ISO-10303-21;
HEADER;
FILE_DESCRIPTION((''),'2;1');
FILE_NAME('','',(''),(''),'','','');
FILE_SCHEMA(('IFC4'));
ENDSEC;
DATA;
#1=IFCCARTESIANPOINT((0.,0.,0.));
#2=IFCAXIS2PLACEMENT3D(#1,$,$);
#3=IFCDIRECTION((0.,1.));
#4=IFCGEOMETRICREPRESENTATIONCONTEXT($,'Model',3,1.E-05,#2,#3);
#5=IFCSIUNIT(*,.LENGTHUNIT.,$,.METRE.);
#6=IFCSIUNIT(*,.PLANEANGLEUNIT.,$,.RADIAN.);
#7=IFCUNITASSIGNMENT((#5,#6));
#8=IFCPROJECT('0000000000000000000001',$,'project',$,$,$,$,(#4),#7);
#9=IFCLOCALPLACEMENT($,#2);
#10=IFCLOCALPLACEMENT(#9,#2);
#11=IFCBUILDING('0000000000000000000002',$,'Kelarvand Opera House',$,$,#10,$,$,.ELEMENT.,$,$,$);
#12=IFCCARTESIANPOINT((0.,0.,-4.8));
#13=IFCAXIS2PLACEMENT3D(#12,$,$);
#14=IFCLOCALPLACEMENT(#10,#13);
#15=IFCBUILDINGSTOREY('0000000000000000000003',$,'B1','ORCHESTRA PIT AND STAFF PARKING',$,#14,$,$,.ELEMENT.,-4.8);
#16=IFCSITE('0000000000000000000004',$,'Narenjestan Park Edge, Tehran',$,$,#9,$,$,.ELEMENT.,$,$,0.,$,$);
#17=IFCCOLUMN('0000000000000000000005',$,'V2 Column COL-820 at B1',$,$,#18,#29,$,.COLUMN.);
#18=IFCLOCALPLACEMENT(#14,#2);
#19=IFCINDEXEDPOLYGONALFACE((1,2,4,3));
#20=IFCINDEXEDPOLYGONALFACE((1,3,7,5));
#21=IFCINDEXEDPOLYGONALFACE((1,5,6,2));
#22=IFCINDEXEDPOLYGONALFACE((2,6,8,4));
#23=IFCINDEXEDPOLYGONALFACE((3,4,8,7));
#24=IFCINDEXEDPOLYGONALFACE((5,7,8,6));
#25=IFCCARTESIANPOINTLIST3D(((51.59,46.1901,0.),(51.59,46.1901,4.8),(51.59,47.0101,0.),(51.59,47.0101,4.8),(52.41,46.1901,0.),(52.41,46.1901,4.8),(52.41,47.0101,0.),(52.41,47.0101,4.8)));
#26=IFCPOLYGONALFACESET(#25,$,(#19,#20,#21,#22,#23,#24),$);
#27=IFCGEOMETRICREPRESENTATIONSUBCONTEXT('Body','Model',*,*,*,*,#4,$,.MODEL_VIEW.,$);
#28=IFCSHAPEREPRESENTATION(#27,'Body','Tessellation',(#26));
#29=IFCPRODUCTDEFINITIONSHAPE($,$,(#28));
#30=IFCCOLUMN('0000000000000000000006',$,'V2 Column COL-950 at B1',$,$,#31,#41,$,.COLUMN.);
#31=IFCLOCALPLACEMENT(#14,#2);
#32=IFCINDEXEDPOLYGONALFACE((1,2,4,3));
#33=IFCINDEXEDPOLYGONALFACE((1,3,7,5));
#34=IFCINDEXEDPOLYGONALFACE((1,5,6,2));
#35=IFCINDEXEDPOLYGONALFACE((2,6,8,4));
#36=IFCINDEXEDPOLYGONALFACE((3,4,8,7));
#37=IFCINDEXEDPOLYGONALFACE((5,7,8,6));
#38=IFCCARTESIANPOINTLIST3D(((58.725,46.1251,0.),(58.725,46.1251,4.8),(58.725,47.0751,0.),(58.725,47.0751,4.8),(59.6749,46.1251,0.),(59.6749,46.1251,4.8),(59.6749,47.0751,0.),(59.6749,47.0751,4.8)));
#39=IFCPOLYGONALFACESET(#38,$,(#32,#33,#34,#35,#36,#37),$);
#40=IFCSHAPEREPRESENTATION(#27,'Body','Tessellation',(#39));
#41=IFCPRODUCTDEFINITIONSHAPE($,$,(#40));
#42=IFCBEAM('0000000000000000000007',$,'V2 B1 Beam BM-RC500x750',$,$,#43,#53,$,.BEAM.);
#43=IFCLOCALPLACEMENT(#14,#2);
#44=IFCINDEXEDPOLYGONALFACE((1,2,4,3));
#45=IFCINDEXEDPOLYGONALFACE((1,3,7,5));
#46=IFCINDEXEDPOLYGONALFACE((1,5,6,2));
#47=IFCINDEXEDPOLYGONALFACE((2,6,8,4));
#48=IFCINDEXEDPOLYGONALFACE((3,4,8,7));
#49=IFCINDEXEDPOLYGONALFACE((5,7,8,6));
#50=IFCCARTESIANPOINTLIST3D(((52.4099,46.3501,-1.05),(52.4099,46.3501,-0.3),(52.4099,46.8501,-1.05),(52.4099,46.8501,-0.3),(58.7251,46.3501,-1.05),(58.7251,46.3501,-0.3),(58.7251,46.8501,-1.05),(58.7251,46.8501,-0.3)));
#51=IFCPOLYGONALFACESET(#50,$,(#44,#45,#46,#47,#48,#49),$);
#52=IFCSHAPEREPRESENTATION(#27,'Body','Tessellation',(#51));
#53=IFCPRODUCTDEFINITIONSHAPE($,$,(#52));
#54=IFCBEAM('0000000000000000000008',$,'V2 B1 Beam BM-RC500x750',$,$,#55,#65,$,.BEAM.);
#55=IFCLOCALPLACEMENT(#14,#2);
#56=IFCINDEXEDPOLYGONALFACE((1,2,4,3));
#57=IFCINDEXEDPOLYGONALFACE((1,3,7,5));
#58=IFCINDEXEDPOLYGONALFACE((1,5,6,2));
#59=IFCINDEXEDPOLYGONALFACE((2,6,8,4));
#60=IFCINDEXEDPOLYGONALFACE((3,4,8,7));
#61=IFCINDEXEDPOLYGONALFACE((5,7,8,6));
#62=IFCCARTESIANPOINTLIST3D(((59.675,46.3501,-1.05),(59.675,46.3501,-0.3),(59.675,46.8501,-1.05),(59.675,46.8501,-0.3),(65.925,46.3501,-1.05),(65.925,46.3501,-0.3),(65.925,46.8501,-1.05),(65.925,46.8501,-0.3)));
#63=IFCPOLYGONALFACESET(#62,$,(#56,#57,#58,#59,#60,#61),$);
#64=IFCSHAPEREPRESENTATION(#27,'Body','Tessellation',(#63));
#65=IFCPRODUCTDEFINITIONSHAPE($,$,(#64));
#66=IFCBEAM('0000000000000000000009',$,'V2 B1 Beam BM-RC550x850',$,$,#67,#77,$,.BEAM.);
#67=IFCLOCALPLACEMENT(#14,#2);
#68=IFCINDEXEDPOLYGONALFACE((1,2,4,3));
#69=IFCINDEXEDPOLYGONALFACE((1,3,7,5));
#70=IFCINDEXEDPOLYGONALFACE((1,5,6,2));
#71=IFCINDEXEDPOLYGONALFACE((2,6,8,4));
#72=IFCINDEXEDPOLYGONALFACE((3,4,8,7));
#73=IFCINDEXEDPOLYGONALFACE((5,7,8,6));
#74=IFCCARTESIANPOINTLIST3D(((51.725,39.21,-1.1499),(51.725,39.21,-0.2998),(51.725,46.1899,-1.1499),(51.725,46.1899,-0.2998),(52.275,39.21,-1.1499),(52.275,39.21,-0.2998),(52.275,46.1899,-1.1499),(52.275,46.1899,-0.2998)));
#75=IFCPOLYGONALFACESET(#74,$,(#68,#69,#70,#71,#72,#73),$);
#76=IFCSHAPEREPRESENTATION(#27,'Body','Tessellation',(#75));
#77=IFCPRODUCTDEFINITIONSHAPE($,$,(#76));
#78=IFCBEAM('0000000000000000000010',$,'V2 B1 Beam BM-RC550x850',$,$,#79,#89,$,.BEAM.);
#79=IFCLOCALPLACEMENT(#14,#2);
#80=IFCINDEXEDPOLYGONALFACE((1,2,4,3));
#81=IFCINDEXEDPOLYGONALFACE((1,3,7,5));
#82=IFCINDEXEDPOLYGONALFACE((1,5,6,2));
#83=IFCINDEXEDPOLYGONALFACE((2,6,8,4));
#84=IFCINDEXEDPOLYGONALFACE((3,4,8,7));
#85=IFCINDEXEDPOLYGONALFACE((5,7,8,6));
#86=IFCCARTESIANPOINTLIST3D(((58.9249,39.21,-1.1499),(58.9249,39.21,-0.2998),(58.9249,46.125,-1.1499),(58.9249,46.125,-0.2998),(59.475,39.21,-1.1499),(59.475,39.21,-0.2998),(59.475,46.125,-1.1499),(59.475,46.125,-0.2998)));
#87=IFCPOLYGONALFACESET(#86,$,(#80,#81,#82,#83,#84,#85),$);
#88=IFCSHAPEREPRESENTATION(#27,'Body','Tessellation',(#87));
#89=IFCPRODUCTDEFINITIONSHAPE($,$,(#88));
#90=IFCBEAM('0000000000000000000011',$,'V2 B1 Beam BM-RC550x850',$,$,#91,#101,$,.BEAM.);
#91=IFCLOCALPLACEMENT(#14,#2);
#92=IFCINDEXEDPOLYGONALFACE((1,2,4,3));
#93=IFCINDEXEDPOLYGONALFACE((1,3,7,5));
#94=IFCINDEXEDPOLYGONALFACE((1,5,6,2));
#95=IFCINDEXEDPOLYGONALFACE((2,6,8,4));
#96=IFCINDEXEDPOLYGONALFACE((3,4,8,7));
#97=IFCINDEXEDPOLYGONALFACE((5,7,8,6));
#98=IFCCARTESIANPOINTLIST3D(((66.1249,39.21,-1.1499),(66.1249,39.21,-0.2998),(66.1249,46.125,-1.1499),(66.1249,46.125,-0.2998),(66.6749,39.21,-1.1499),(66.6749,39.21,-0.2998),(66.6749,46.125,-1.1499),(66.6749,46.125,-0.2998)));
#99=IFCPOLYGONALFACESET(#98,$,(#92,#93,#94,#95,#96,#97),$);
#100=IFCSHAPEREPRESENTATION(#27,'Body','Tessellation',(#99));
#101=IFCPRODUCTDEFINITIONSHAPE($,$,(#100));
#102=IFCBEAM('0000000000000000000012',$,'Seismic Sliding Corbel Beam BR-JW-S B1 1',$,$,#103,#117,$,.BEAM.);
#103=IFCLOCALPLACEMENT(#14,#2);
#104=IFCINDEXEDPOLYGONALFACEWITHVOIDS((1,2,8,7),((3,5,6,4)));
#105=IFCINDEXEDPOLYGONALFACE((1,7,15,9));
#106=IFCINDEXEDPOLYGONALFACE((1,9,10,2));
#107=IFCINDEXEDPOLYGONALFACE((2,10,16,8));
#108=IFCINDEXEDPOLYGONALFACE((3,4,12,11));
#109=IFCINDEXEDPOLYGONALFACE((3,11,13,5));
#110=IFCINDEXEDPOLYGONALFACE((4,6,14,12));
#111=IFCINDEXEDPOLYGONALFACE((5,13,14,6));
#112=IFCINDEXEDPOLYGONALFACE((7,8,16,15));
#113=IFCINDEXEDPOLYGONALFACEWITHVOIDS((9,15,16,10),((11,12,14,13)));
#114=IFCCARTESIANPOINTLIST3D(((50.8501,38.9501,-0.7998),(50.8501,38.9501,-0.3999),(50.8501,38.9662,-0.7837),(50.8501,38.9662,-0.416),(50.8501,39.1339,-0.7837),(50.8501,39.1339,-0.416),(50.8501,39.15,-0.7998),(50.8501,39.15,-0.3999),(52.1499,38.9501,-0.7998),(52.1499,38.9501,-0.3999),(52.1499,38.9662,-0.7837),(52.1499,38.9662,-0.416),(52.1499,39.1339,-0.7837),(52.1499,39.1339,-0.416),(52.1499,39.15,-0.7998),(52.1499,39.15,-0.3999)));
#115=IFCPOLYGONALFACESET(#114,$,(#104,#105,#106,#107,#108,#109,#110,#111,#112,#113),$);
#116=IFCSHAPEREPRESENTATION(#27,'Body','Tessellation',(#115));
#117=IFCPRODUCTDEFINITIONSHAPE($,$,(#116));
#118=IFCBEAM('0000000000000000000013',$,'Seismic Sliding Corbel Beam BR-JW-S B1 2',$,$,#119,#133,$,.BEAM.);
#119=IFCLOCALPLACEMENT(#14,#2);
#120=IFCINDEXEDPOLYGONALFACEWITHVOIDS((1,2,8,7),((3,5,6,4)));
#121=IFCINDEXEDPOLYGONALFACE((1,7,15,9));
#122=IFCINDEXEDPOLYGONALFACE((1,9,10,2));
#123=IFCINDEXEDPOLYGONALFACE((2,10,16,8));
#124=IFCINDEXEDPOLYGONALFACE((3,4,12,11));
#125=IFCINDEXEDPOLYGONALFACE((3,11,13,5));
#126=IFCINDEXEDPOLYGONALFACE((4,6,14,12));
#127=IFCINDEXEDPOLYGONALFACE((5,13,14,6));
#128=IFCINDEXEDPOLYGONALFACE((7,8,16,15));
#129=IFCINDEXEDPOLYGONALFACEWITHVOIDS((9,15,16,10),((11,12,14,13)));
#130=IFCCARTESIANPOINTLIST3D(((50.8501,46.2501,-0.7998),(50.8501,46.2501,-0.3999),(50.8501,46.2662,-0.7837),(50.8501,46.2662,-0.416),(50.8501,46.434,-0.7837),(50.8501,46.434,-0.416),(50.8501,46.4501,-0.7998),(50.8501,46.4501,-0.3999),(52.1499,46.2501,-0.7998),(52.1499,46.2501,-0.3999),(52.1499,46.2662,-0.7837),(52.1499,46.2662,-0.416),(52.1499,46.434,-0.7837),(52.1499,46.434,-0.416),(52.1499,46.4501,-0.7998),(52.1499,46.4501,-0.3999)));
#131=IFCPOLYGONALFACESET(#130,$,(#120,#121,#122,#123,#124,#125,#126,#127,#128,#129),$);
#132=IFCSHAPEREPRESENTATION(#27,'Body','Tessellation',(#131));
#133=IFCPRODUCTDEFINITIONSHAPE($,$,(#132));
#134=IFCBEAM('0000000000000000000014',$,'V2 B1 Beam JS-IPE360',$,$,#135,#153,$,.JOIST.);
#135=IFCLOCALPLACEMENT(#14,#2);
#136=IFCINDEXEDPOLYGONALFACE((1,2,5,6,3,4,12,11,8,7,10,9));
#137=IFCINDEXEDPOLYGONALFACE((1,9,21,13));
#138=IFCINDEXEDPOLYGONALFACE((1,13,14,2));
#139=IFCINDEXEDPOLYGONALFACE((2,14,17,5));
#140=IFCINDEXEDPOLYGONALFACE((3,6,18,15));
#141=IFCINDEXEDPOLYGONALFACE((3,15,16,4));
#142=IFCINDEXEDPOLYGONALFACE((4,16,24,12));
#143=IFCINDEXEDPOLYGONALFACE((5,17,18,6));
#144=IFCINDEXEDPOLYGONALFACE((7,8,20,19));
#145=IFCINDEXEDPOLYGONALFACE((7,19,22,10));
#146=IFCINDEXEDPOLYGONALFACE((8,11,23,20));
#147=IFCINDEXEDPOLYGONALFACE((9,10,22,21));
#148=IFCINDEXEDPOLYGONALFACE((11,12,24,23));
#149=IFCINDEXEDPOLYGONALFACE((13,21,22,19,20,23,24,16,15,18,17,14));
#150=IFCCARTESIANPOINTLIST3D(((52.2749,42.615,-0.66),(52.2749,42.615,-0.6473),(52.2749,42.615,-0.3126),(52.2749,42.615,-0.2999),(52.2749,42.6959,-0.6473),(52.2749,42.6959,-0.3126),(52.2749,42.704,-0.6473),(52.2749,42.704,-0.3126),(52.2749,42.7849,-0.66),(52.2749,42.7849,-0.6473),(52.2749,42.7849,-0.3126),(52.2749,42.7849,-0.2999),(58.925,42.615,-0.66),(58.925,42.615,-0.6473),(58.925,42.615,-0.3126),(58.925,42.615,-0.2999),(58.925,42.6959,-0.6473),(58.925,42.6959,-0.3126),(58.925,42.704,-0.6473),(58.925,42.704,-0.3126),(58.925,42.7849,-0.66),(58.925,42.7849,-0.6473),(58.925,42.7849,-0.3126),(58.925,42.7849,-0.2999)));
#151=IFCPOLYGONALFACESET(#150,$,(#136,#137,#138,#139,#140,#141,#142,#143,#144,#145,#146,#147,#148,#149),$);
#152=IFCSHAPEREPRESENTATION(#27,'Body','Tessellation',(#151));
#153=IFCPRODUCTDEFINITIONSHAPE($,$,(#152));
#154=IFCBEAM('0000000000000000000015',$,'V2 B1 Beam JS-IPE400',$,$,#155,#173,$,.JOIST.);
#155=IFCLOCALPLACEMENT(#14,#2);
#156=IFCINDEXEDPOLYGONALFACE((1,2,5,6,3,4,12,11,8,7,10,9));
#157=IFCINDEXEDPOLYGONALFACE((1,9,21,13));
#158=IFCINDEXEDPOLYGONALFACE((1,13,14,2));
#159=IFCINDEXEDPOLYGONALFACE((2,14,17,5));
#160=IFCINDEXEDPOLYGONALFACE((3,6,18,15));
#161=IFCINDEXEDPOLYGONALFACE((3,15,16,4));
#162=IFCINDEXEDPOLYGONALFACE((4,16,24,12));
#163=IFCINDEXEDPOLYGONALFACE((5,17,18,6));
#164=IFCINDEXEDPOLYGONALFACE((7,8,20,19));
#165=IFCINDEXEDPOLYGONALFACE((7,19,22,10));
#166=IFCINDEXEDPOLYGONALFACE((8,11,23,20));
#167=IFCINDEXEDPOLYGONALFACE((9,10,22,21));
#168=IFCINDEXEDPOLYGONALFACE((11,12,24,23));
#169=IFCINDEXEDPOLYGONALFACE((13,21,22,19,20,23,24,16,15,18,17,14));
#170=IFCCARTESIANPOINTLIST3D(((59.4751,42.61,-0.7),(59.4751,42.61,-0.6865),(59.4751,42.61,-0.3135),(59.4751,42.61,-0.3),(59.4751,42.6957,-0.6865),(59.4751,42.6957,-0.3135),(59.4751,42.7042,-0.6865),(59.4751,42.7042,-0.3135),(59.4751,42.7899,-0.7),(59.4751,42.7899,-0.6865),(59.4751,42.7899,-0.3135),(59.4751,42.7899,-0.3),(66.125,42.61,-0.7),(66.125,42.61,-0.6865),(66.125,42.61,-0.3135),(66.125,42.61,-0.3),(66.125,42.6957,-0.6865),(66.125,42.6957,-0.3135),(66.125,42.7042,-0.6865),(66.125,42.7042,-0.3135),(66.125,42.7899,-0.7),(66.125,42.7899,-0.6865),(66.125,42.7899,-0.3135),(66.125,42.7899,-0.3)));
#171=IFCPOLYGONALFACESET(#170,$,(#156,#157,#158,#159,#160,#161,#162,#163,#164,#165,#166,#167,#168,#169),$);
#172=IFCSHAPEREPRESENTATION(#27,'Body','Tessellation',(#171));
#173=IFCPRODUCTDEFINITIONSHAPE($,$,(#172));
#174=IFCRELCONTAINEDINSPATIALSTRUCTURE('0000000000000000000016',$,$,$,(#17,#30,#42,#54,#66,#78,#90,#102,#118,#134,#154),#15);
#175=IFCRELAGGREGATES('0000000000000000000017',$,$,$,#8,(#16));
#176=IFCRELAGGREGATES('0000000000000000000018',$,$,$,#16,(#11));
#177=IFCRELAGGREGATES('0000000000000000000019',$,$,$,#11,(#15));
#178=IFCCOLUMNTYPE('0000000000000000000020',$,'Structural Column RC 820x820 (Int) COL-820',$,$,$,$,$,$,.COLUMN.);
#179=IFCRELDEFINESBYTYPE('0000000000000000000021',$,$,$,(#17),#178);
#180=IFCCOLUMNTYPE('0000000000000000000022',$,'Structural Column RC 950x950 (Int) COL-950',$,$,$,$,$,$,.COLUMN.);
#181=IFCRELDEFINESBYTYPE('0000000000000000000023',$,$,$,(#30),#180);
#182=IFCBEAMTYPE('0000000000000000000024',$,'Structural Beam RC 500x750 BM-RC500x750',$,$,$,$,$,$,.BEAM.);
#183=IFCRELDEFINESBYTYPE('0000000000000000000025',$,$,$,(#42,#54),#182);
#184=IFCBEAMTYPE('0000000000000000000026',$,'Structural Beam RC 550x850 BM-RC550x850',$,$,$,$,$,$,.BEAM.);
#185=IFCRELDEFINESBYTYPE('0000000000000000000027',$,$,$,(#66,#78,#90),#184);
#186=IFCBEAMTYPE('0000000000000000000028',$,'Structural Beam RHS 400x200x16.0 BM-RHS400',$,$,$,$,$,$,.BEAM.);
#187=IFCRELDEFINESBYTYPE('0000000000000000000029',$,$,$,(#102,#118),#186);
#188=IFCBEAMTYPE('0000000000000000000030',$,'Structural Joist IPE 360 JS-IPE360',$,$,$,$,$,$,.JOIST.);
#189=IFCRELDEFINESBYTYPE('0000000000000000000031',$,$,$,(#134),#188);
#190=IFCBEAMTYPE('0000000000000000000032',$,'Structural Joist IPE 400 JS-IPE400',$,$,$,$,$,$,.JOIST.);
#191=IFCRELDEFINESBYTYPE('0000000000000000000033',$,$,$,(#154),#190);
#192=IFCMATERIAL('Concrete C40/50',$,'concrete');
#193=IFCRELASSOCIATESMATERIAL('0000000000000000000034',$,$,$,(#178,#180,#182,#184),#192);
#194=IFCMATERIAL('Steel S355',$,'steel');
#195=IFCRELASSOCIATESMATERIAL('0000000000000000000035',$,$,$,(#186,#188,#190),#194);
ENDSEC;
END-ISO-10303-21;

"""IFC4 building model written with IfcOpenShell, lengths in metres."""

from ifc_helpers import new_model, si_unit, direction, frame, origin, origin_2d, place, context, subcontext, project, spatial, rectangle, hollow_rectangle, i_section, extrude, material, material_profile, profile_set, type_object, element, save


model = new_model("IFC4")

# Units and contexts
model_context = context("Model", 3, precision=1e-05, world=origin(), true_north=direction((0.0, 1.0)))
body_context = subcontext(model_context, "Body", "Model", "MODEL_VIEW")
ifc_project = project(units=[si_unit("LENGTHUNIT", "METRE"), si_unit("PLANEANGLEUNIT", "RADIAN")], contexts=[model_context])

# Site, building, storey
site_placement = place(None, origin())
site = spatial("IfcSite", under=ifc_project, at=site_placement, Name="Narenjestan Park Edge, Tehran", CompositionType="ELEMENT", RefElevation=0.0)
building_placement = place(site_placement, origin())
building = spatial("IfcBuilding", under=site, at=building_placement, Name="Kelarvand Opera House", CompositionType="ELEMENT")
storey_placement = place(building_placement, frame((0.0, 0.0, -4.8)))
storey = spatial("IfcBuildingStorey", under=building, at=storey_placement, Name="B1", Description="ORCHESTRA PIT AND STAFF PARKING", CompositionType="ELEMENT", Elevation=-4.8)

# Columns
ifc_material_1 = material(Name="Concrete C40/50", Category="concrete")
ifc_material_profile_1 = material_profile(ifc_material_1, rectangle(XDim=0.8201, YDim=0.8201, at=origin_2d()), Name="RC 820x820", Category="concrete")
ifc_profile_set_1 = profile_set([ifc_material_profile_1], Name="Concrete C40/50")
column_type_1 = type_object("IfcColumnType", Name="Structural Column RC 820x820 (Int) COL-820", PredefinedType="COLUMN", material=ifc_profile_set_1)
column_1_placement = place(storey_placement, frame((52.0, 46.6001, 0.0), z_axis=(0.0, 0.0, 1.0), x_axis=(1.0, 0.0, 0.0)))
element("IfcColumn", 1, at=column_1_placement, inside=storey, type_object=column_type_1, Name="V2 Column COL-820 at B1", PredefinedType="COLUMN", context=body_context, shape_type="SweptSolid", body=[
    extrude(rectangle(XDim=0.8201, YDim=0.8201, at=origin_2d()), origin(), (0.0, 0.0, 1.0), 4.8),
])
ifc_material_profile_2 = material_profile(ifc_material_1, rectangle(XDim=0.95, YDim=0.95, at=origin_2d()), Name="RC 950x950", Category="concrete")
ifc_profile_set_2 = profile_set([ifc_material_profile_2], Name="Concrete C40/50")
column_type_2 = type_object("IfcColumnType", Name="Structural Column RC 950x950 (Int) COL-950", PredefinedType="COLUMN", material=ifc_profile_set_2)
column_2_placement = place(storey_placement, frame((59.2, 46.6001, 0.0), z_axis=(0.0, 0.0, 1.0), x_axis=(1.0, 0.0, 0.0)))
element("IfcColumn", 2, at=column_2_placement, inside=storey, type_object=column_type_2, Name="V2 Column COL-950 at B1", PredefinedType="COLUMN", context=body_context, shape_type="SweptSolid", body=[
    extrude(rectangle(XDim=0.95, YDim=0.95, at=origin_2d()), origin(), (0.0, 0.0, 1.0), 4.8),
])

# Beams
ifc_material_profile_3 = material_profile(ifc_material_1, rectangle(XDim=0.5, YDim=0.75, at=origin_2d()), Name="RC 500x750", Category="concrete")
ifc_profile_set_3 = profile_set([ifc_material_profile_3], Name="Concrete C40/50")
beam_type_1 = type_object("IfcBeamType", Name="Structural Beam RC 500x750 BM-RC500x750", PredefinedType="BEAM", material=ifc_profile_set_3)
beam_1_placement = place(storey_placement, frame((52.4099, 46.6001, -0.675), z_axis=(1.0, 0.0, 0.0), x_axis=(0.0, 1.0, 0.0)))
element("IfcBeam", 3, at=beam_1_placement, inside=storey, type_object=beam_type_1, Name="V2 B1 Beam BM-RC500x750", PredefinedType="BEAM", context=body_context, shape_type="SweptSolid", body=[
    extrude(rectangle(XDim=0.5, YDim=0.75, at=origin_2d()), origin(), (0.0, 0.0, 1.0), 6.3152),
])
beam_2_placement = place(storey_placement, frame((59.675, 46.6001, -0.675), z_axis=(1.0, 0.0, 0.0), x_axis=(0.0, 1.0, 0.0)))
element("IfcBeam", 4, at=beam_2_placement, inside=storey, type_object=beam_type_1, Name="V2 B1 Beam BM-RC500x750", PredefinedType="BEAM", context=body_context, shape_type="SweptSolid", body=[
    extrude(rectangle(XDim=0.5, YDim=0.75, at=origin_2d()), origin(), (0.0, 0.0, 1.0), 6.25),
])
ifc_material_profile_4 = material_profile(ifc_material_1, rectangle(XDim=0.55, YDim=0.8501, at=origin_2d()), Name="RC 550x850", Category="concrete")
ifc_profile_set_4 = profile_set([ifc_material_profile_4], Name="Concrete C40/50")
beam_type_2 = type_object("IfcBeamType", Name="Structural Beam RC 550x850 BM-RC550x850", PredefinedType="BEAM", material=ifc_profile_set_4)
beam_3_placement = place(storey_placement, frame((52.0, 39.21, -0.7249), z_axis=(0.0, 1.0, 0.0), x_axis=(-1.0, 0.0, 0.0)))
element("IfcBeam", 5, at=beam_3_placement, inside=storey, type_object=beam_type_2, Name="V2 B1 Beam BM-RC550x850", PredefinedType="BEAM", context=body_context, shape_type="SweptSolid", body=[
    extrude(rectangle(XDim=0.55, YDim=0.8501, at=origin_2d()), origin(), (0.0, 0.0, 1.0), 6.98),
])
for number, where, z_axis, x_axis, name in (
    (6, (59.2, 39.21, -0.7249), (0.0, 1.0, 0.0), (-1.0, 0.0, 0.0), "V2 B1 Beam BM-RC550x850"),
    (7, (66.3999, 39.21, -0.7249), (0.0, 1.0, 0.0), (-1.0, 0.0, 0.0), "V2 B1 Beam BM-RC550x850"),
):
    element("IfcBeam", number, at=place(storey_placement, frame(where, z_axis=z_axis, x_axis=x_axis)), inside=storey, type_object=beam_type_2, Name=name, PredefinedType="BEAM", context=body_context, shape_type="SweptSolid", body=[
        extrude(rectangle(XDim=0.55, YDim=0.8501, at=origin_2d()), origin(), (0.0, 0.0, 1.0), 6.915),
    ])
ifc_material_2 = material(Name="Steel S355", Category="steel")
ifc_material_profile_5 = material_profile(ifc_material_2, hollow_rectangle(XDim=0.2, YDim=0.3999, WallThickness=0.0161, at=origin_2d()), Name="RHS 400x200x16.0", Category="steel")
ifc_profile_set_5 = profile_set([ifc_material_profile_5], Name="Steel S355")
beam_type_3 = type_object("IfcBeamType", Name="Structural Beam RHS 400x200x16.0 BM-RHS400", PredefinedType="BEAM", material=ifc_profile_set_5)
for number, where, z_axis, x_axis, name in (
    (8, (50.8501, 39.05, -0.5999), (1.0, 0.0, 0.0), (0.0, 1.0, 0.0), "Seismic Sliding Corbel Beam BR-JW-S B1 1"),
    (9, (50.8501, 46.3501, -0.5999), (1.0, 0.0, 0.0), (0.0, 1.0, 0.0), "Seismic Sliding Corbel Beam BR-JW-S B1 2"),
):
    element("IfcBeam", number, at=place(storey_placement, frame(where, z_axis=z_axis, x_axis=x_axis)), inside=storey, type_object=beam_type_3, Name=name, PredefinedType="BEAM", context=body_context, shape_type="SweptSolid", body=[
        extrude(hollow_rectangle(XDim=0.2, YDim=0.3999, WallThickness=0.0161, at=origin_2d()), origin(), (0.0, 0.0, 1.0), 1.2998),
    ])
ifc_material_profile_6 = material_profile(ifc_material_2, i_section(OverallWidth=0.1699, OverallDepth=0.3601, WebThickness=0.0081, FlangeThickness=0.0127, at=origin_2d()), Name="IPE 360", Category="steel")
ifc_profile_set_6 = profile_set([ifc_material_profile_6], Name="Steel S355")
beam_type_4 = type_object("IfcBeamType", Name="Structural Joist IPE 360 JS-IPE360", PredefinedType="JOIST", material=ifc_profile_set_6)
beam_4_placement = place(storey_placement, frame((52.2749, 42.7, -0.48), z_axis=(1.0, 0.0, 0.0), x_axis=(0.0, 1.0, 0.0)))
element("IfcBeam", 10, at=beam_4_placement, inside=storey, type_object=beam_type_4, Name="V2 B1 Beam JS-IPE360", PredefinedType="JOIST", context=body_context, shape_type="SweptSolid", body=[
    extrude(i_section(OverallWidth=0.1699, OverallDepth=0.3601, WebThickness=0.0081, FlangeThickness=0.0127, at=origin_2d()), origin(), (0.0, 0.0, 1.0), 6.6501),
])
ifc_material_profile_7 = material_profile(ifc_material_2, i_section(OverallWidth=0.1799, OverallDepth=0.3999, WebThickness=0.0085, FlangeThickness=0.0134, at=origin_2d()), Name="IPE 400", Category="steel")
ifc_profile_set_7 = profile_set([ifc_material_profile_7], Name="Steel S355")
beam_type_5 = type_object("IfcBeamType", Name="Structural Joist IPE 400 JS-IPE400", PredefinedType="JOIST", material=ifc_profile_set_7)
beam_5_placement = place(storey_placement, frame((59.4751, 42.7, -0.5), z_axis=(1.0, 0.0, 0.0), x_axis=(0.0, 1.0, 0.0)))
element("IfcBeam", 11, at=beam_5_placement, inside=storey, type_object=beam_type_5, Name="V2 B1 Beam JS-IPE400", PredefinedType="JOIST", context=body_context, shape_type="SweptSolid", body=[
    extrude(i_section(OverallWidth=0.1799, OverallDepth=0.3999, WebThickness=0.0085, FlangeThickness=0.0134, at=origin_2d()), origin(), (0.0, 0.0, 1.0), 6.6499),
])

save(model, "model.ifc")
